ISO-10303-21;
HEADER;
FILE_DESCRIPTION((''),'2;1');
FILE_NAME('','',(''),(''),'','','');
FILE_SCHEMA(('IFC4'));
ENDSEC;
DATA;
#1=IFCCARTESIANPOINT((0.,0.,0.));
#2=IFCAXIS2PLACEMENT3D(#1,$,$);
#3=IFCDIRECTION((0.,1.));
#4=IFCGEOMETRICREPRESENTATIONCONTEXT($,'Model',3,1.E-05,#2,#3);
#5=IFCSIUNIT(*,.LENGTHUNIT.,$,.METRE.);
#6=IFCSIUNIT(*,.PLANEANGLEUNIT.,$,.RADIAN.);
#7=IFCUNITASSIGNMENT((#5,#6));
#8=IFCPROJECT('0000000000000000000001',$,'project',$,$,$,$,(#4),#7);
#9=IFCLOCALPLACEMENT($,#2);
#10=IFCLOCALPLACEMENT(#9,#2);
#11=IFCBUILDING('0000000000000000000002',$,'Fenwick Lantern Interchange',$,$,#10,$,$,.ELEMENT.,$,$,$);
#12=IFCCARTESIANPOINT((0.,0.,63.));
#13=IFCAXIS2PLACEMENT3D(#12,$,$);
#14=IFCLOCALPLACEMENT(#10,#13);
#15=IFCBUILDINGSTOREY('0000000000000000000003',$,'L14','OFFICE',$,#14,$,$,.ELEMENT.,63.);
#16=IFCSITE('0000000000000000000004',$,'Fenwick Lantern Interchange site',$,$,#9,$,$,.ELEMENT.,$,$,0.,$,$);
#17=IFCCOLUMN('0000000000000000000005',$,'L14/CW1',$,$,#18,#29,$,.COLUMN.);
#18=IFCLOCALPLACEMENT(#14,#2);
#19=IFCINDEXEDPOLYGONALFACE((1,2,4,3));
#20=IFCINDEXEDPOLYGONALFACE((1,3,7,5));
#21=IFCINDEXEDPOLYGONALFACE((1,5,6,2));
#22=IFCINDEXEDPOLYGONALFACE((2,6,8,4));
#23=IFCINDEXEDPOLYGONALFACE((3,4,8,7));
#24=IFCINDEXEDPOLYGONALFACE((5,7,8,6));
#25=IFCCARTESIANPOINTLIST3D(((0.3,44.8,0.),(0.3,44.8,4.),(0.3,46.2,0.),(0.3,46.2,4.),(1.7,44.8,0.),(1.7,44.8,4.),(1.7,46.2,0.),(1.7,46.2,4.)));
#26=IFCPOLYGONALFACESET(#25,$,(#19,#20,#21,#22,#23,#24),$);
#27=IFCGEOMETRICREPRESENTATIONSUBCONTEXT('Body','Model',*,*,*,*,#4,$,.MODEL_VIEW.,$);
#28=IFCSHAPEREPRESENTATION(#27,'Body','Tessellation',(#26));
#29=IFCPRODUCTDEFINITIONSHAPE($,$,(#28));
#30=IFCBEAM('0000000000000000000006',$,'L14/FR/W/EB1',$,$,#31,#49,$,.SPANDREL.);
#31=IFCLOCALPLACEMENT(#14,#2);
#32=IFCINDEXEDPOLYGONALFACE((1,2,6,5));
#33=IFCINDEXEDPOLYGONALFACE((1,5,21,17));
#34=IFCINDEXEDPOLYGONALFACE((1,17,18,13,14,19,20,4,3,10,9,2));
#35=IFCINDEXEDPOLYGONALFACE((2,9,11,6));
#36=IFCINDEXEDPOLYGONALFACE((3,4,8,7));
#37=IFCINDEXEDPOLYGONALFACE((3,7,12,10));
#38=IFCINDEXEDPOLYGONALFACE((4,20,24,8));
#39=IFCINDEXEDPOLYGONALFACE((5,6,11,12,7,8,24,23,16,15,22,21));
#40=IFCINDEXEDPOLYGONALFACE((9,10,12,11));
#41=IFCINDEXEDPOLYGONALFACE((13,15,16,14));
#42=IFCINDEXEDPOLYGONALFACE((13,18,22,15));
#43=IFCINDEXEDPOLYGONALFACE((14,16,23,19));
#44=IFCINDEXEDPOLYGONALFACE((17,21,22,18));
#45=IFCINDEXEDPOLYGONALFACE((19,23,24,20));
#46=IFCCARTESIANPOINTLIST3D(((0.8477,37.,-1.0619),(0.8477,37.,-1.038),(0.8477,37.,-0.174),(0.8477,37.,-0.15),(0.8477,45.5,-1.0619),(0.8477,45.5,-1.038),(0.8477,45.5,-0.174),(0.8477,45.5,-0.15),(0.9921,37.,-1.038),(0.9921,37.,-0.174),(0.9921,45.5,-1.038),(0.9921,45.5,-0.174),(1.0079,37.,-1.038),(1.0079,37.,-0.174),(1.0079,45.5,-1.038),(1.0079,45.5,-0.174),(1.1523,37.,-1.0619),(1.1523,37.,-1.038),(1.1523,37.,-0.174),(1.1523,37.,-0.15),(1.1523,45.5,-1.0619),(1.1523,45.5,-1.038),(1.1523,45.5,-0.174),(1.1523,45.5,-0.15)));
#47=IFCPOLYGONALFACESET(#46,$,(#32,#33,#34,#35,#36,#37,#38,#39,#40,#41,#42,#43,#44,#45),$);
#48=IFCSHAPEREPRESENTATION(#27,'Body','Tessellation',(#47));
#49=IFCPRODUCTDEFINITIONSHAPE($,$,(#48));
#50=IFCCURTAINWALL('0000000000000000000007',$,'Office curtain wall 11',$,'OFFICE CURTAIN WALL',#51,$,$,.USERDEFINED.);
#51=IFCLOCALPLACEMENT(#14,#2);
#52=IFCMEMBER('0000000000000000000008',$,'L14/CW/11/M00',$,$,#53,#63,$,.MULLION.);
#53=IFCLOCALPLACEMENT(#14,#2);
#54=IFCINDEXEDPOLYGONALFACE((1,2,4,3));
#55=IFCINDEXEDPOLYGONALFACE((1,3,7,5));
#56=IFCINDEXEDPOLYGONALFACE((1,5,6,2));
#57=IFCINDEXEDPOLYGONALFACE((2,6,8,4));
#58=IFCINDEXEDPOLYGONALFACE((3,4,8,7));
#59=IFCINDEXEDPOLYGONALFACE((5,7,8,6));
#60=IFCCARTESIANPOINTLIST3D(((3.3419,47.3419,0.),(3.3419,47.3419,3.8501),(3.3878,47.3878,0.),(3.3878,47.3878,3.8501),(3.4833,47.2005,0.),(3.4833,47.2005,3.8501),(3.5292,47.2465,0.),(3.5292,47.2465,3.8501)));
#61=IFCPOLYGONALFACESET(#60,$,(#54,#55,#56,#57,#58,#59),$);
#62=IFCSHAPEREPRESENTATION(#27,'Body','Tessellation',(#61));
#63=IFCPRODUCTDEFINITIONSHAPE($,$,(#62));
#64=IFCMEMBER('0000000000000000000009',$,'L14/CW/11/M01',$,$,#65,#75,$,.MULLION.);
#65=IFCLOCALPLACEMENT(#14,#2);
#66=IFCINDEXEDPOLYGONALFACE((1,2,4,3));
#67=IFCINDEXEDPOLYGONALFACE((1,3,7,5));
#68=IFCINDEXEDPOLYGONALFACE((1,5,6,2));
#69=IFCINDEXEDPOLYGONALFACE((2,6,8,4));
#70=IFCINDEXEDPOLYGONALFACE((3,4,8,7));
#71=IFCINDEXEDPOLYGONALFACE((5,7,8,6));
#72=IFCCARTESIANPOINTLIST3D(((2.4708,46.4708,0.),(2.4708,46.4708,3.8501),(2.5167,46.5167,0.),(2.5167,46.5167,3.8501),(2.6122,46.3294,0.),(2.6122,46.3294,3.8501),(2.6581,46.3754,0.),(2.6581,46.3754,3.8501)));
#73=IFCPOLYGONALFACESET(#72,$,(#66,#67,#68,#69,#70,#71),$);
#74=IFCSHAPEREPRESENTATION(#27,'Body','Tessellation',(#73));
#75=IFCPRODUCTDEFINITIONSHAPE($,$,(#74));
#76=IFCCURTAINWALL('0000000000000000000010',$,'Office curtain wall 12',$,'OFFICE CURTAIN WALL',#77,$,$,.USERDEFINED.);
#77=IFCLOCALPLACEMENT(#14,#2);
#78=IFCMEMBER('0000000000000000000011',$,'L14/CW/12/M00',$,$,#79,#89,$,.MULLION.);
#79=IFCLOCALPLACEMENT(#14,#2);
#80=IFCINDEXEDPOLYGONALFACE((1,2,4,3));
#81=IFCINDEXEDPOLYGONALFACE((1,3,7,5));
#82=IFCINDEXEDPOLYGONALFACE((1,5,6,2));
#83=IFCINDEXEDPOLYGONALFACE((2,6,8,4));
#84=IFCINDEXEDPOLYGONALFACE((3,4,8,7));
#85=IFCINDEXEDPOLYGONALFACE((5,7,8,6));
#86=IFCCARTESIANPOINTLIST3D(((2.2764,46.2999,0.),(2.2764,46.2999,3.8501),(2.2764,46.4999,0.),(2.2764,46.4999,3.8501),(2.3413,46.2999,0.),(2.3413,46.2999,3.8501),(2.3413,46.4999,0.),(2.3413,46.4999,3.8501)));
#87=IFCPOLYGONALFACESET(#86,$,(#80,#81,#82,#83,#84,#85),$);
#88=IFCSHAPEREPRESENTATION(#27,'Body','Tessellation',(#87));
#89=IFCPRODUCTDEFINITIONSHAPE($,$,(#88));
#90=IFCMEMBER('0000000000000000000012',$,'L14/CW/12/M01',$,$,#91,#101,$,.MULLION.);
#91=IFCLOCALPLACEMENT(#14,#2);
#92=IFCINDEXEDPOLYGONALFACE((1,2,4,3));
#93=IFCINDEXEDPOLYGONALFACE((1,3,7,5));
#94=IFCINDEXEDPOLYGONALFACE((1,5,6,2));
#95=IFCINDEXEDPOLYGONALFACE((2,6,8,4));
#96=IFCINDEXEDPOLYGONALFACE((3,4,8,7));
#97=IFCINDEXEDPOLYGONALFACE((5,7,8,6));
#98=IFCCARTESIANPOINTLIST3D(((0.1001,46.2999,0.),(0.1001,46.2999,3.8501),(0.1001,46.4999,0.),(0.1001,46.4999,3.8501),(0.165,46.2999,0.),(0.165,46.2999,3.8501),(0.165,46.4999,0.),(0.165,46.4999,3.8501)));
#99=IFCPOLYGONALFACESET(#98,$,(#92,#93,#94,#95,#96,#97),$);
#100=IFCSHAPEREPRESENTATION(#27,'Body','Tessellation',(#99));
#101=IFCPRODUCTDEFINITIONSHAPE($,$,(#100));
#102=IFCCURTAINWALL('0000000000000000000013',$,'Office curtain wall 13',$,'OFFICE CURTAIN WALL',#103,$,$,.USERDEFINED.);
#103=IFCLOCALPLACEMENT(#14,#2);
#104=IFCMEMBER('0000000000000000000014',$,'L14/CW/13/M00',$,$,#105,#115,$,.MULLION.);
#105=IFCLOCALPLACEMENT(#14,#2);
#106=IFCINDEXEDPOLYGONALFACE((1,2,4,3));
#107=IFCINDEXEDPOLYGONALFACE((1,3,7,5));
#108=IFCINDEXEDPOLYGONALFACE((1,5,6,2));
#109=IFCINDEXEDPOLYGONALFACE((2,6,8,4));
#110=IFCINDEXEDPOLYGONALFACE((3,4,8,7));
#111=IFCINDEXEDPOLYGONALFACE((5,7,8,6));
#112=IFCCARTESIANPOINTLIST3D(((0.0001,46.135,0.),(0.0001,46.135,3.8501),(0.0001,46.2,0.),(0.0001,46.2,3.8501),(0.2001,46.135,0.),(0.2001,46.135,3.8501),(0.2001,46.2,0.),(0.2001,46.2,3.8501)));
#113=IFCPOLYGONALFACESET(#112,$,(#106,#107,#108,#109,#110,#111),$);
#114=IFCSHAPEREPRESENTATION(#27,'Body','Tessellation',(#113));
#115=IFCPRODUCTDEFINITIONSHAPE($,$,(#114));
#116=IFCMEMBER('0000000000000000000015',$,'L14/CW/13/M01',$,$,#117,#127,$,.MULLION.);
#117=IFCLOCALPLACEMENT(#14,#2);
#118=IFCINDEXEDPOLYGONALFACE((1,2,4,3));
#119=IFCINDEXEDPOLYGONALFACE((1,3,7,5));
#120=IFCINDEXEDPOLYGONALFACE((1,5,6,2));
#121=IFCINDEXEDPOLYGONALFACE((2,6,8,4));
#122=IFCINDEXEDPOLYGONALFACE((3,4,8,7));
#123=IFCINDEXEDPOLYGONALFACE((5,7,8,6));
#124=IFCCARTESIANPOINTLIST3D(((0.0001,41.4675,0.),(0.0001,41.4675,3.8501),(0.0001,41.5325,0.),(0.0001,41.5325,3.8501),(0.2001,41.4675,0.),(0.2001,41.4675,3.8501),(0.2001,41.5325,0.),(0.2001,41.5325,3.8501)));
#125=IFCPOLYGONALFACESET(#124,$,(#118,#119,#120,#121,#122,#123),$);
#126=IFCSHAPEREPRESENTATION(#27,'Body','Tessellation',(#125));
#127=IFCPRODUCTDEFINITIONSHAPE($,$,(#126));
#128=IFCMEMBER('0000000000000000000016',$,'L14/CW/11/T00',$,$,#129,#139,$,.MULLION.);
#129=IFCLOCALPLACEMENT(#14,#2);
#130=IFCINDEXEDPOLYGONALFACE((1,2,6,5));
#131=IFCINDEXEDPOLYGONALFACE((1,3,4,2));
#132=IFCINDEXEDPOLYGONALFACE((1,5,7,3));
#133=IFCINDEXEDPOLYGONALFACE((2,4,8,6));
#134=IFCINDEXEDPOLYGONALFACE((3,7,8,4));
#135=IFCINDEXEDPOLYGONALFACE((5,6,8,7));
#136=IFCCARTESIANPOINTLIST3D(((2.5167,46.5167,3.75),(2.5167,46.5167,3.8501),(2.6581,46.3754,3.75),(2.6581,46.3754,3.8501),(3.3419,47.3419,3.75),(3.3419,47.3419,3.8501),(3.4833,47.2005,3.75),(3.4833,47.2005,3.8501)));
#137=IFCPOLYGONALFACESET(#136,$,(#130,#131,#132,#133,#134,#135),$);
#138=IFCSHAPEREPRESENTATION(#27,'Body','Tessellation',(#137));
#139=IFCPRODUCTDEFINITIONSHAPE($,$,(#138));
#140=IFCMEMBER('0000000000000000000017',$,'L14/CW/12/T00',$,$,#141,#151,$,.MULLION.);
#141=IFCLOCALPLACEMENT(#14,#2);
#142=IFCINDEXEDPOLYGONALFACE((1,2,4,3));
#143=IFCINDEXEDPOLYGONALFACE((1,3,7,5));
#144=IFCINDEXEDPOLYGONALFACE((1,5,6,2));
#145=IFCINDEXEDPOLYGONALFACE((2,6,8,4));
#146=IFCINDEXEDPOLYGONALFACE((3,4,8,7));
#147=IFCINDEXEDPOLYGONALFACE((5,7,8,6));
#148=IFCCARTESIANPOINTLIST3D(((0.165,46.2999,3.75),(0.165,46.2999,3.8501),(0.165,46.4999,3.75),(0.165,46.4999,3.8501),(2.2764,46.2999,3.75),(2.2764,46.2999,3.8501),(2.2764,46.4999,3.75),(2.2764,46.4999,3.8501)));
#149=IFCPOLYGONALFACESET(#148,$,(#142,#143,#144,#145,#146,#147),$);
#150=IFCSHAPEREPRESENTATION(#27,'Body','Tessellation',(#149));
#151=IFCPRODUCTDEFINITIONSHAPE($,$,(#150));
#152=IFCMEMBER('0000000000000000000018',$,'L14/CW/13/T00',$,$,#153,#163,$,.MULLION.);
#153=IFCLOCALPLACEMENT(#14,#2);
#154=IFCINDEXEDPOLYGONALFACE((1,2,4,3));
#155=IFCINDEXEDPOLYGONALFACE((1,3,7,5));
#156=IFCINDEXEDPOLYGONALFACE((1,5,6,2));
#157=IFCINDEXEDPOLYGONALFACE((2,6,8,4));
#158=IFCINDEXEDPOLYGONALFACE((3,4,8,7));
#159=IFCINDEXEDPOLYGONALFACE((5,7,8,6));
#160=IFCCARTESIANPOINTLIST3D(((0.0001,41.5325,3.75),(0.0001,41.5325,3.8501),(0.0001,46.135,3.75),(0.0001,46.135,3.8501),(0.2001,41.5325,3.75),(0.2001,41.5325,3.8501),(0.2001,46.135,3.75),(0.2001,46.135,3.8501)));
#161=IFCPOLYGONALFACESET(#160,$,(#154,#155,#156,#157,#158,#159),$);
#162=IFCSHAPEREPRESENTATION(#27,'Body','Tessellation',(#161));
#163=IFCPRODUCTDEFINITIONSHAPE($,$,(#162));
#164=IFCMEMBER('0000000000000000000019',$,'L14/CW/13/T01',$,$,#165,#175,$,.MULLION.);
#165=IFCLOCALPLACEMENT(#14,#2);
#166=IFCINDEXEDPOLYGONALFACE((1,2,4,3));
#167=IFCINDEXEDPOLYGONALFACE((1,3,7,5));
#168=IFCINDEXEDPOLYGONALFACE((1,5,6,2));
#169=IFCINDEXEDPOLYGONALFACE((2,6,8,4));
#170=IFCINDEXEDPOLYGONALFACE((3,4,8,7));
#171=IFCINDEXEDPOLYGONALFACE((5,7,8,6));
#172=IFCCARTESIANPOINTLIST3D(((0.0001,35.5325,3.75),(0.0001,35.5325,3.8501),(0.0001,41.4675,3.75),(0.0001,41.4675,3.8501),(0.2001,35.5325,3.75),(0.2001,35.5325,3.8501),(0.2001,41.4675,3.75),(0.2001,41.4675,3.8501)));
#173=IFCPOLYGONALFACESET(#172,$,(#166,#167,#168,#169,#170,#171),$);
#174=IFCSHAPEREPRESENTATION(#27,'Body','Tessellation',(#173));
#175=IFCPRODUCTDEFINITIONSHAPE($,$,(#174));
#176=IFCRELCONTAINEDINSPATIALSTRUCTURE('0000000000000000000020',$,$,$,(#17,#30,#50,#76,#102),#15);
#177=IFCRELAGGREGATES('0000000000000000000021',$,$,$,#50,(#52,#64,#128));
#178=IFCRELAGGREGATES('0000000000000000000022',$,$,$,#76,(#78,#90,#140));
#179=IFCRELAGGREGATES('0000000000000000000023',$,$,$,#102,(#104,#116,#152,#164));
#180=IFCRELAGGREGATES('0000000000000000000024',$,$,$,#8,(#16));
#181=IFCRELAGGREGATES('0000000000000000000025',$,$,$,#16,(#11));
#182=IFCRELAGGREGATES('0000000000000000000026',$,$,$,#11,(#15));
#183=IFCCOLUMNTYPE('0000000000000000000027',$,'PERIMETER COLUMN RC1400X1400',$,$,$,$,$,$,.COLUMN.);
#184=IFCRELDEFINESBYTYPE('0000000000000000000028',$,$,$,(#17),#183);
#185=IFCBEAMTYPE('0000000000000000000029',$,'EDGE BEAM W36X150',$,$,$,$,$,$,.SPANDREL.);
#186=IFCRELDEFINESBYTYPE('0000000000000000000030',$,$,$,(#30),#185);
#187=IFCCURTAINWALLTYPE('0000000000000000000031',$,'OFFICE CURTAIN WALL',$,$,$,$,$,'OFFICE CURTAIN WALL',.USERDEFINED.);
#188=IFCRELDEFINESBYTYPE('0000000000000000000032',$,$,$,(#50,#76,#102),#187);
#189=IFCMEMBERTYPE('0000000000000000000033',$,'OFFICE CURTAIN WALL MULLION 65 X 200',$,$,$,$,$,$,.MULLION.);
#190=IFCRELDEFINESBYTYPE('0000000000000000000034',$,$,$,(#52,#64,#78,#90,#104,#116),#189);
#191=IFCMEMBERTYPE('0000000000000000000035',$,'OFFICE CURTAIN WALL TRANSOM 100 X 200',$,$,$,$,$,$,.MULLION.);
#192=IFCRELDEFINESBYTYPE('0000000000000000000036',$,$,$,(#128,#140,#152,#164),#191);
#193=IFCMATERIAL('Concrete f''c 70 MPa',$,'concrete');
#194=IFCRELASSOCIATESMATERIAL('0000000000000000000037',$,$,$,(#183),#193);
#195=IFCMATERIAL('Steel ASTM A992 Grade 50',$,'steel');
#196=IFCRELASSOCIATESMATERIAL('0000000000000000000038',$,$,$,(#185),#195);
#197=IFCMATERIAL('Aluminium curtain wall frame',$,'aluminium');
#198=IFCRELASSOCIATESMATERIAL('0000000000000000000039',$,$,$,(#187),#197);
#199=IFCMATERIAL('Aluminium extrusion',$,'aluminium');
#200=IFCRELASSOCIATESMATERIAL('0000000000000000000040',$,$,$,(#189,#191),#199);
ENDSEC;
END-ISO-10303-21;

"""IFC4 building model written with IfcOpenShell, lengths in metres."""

from ifc_helpers import new_model, si_unit, direction, frame, origin, origin_2d, place, context, subcontext, project, spatial, rectangle, i_section, extrude, material, material_profile, profile_set, type_object, element, aggregate, save


model = new_model("IFC4")

# Units and contexts
model_context = context("Model", 3, precision=1e-05, world=origin(), true_north=direction((0.0, 1.0)))
body_context = subcontext(model_context, "Body", "Model", "MODEL_VIEW")
ifc_project = project(units=[si_unit("LENGTHUNIT", "METRE"), si_unit("PLANEANGLEUNIT", "RADIAN")], contexts=[model_context])

# Site, building, storey
site_placement = place(None, origin())
site = spatial("IfcSite", under=ifc_project, at=site_placement, Name="Fenwick Lantern Interchange site", CompositionType="ELEMENT", RefElevation=0.0)
building_placement = place(site_placement, origin())
building = spatial("IfcBuilding", under=site, at=building_placement, Name="Fenwick Lantern Interchange", CompositionType="ELEMENT")
storey_placement = place(building_placement, frame((0.0, 0.0, 63.0)))
storey = spatial("IfcBuildingStorey", under=building, at=storey_placement, Name="L14", Description="OFFICE", CompositionType="ELEMENT", Elevation=63.0)

# Column
ifc_material_1 = material(Name="Concrete f'c 70 MPa", Category="concrete")
ifc_material_profile_1 = material_profile(ifc_material_1, rectangle(XDim=1.3999, YDim=1.3999, at=origin_2d()), Name="RC1400X1400")
ifc_profile_set_1 = profile_set([ifc_material_profile_1], Name="Concrete f'c 70 MPa")
column_type = type_object("IfcColumnType", Name="PERIMETER COLUMN RC1400X1400", PredefinedType="COLUMN", material=ifc_profile_set_1)
column_placement = place(storey_placement, frame((1.0, 45.5, 0.0), z_axis=(0.0, 0.0, 1.0), x_axis=(1.0, 0.0, 0.0)))
element("IfcColumn", 1, at=column_placement, inside=storey, type_object=column_type, Name="L14/CW1", PredefinedType="COLUMN", context=body_context, shape_type="SweptSolid", body=[
    extrude(rectangle(XDim=1.3999, YDim=1.3999, at=origin_2d()), origin(), (0.0, 0.0, 1.0), 4.0),
])

# Beam
ifc_material_2 = material(Name="Steel ASTM A992 Grade 50", Category="steel")
ifc_material_profile_2 = material_profile(ifc_material_2, i_section(OverallWidth=0.3047, OverallDepth=0.9119, WebThickness=0.0159, FlangeThickness=0.0239, at=origin_2d()), Name="W36X150")
ifc_profile_set_2 = profile_set([ifc_material_profile_2], Name="Steel ASTM A992 Grade 50")
beam_type = type_object("IfcBeamType", Name="EDGE BEAM W36X150", PredefinedType="SPANDREL", material=ifc_profile_set_2)
beam_placement = place(storey_placement, frame((1.0, 45.5, -0.606), z_axis=(0.0, -1.0, 0.0), x_axis=(1.0, 0.0, 0.0)))
element("IfcBeam", 2, at=beam_placement, inside=storey, type_object=beam_type, Name="L14/FR/W/EB1", PredefinedType="SPANDREL", context=body_context, shape_type="SweptSolid", body=[
    extrude(i_section(OverallWidth=0.3047, OverallDepth=0.9119, WebThickness=0.0159, FlangeThickness=0.0239, at=origin_2d()), origin(), (0.0, 0.0, 1.0), 8.5),
])

# Curtain walls, members
ifc_material_3 = material(Name="Aluminium curtain wall frame", Category="aluminium")
curtain_wall_type = type_object("IfcCurtainWallType", Name="OFFICE CURTAIN WALL", ElementType="OFFICE CURTAIN WALL", PredefinedType="USERDEFINED", material=ifc_material_3)
curtain_wall_1_placement = place(storey_placement, origin())
curtain_wall_1 = element("IfcCurtainWall", 3, at=curtain_wall_1_placement, inside=storey, type_object=curtain_wall_type, Name="Office curtain wall 11", ObjectType="OFFICE CURTAIN WALL", PredefinedType="USERDEFINED")
ifc_material_4 = material(Name="Aluminium extrusion", Category="aluminium")
ifc_material_profile_3 = material_profile(ifc_material_4, rectangle(XDim=0.2, YDim=0.0649, at=origin_2d()), Name="OFFICE CURTAIN WALL MULLION 65 X 200")
ifc_profile_set_3 = profile_set([ifc_material_profile_3], Name="Aluminium extrusion")
member_type_1 = type_object("IfcMemberType", Name="OFFICE CURTAIN WALL MULLION 65 X 200", PredefinedType="MULLION", material=ifc_profile_set_3)
member_1_placement = place(storey_placement, frame((3.4355, 47.2942, 0.0), z_axis=(0.0, 0.0, 1.0), x_axis=(0.707107, -0.707107, 0.0)))
member_1 = element("IfcMember", 4, at=member_1_placement, type_object=member_type_1, Name="L14/CW/11/M00", PredefinedType="MULLION", context=body_context, shape_type="SweptSolid", body=[
    extrude(rectangle(XDim=0.2, YDim=0.0649, at=origin_2d()), origin(), (0.0, 0.0, 1.0), 3.8501),
])
member_2_placement = place(storey_placement, frame((2.5645, 46.4231, 0.0), z_axis=(0.0, 0.0, 1.0), x_axis=(0.707107, -0.707107, 0.0)))
member_2 = element("IfcMember", 5, at=member_2_placement, type_object=member_type_1, Name="L14/CW/11/M01", PredefinedType="MULLION", context=body_context, shape_type="SweptSolid", body=[
    extrude(rectangle(XDim=0.2, YDim=0.0649, at=origin_2d()), origin(), (0.0, 0.0, 1.0), 3.8501),
])
curtain_wall_2_placement = place(storey_placement, origin())
curtain_wall_2 = element("IfcCurtainWall", 6, at=curtain_wall_2_placement, inside=storey, type_object=curtain_wall_type, Name="Office curtain wall 12", ObjectType="OFFICE CURTAIN WALL", PredefinedType="USERDEFINED")
member_3_placement = place(storey_placement, frame((2.3088, 46.3999, 0.0), z_axis=(0.0, 0.0, 1.0), x_axis=(0.0, -1.0, 0.0)))
member_3 = element("IfcMember", 7, at=member_3_placement, type_object=member_type_1, Name="L14/CW/12/M00", PredefinedType="MULLION", context=body_context, shape_type="SweptSolid", body=[
    extrude(rectangle(XDim=0.2, YDim=0.0649, at=origin_2d()), origin(), (0.0, 0.0, 1.0), 3.8501),
])
member_4_placement = place(storey_placement, frame((0.1326, 46.3999, 0.0), z_axis=(0.0, 0.0, 1.0), x_axis=(0.0, -1.0, 0.0)))
member_4 = element("IfcMember", 8, at=member_4_placement, type_object=member_type_1, Name="L14/CW/12/M01", PredefinedType="MULLION", context=body_context, shape_type="SweptSolid", body=[
    extrude(rectangle(XDim=0.2, YDim=0.0649, at=origin_2d()), origin(), (0.0, 0.0, 1.0), 3.8501),
])
curtain_wall_3_placement = place(storey_placement, origin())
curtain_wall_3 = element("IfcCurtainWall", 9, at=curtain_wall_3_placement, inside=storey, type_object=curtain_wall_type, Name="Office curtain wall 13", ObjectType="OFFICE CURTAIN WALL", PredefinedType="USERDEFINED")
member_5_placement = place(storey_placement, frame((0.1001, 46.1675, 0.0), z_axis=(0.0, 0.0, 1.0), x_axis=(1.0, 0.0, 0.0)))
member_5 = element("IfcMember", 10, at=member_5_placement, type_object=member_type_1, Name="L14/CW/13/M00", PredefinedType="MULLION", context=body_context, shape_type="SweptSolid", body=[
    extrude(rectangle(XDim=0.2, YDim=0.0649, at=origin_2d()), origin(), (0.0, 0.0, 1.0), 3.8501),
])
member_6_placement = place(storey_placement, frame((0.1001, 41.5, 0.0), z_axis=(0.0, 0.0, 1.0), x_axis=(1.0, 0.0, 0.0)))
member_6 = element("IfcMember", 11, at=member_6_placement, type_object=member_type_1, Name="L14/CW/13/M01", PredefinedType="MULLION", context=body_context, shape_type="SweptSolid", body=[
    extrude(rectangle(XDim=0.2, YDim=0.0649, at=origin_2d()), origin(), (0.0, 0.0, 1.0), 3.8501),
])

# Members
ifc_material_profile_4 = material_profile(ifc_material_4, rectangle(XDim=0.2, YDim=0.1001, at=origin_2d()), Name="OFFICE CURTAIN WALL TRANSOM 100 X 200")
ifc_profile_set_4 = profile_set([ifc_material_profile_4], Name="Aluminium extrusion")
member_type_2 = type_object("IfcMemberType", Name="OFFICE CURTAIN WALL TRANSOM 100 X 200", PredefinedType="MULLION", material=ifc_profile_set_4)
member_7_placement = place(storey_placement, frame((3.4126, 47.2712, 3.8), z_axis=(-0.707107, -0.707107, 0.0), x_axis=(0.707107, -0.707107, 0.0)))
member_7 = element("IfcMember", 12, at=member_7_placement, type_object=member_type_2, Name="L14/CW/11/T00", PredefinedType="MULLION", context=body_context, shape_type="SweptSolid", body=[
    extrude(rectangle(XDim=0.2, YDim=0.1001, at=origin_2d()), origin(), (0.0, 0.0, 1.0), 1.167),
])
aggregate(curtain_wall_1, [member_1, member_2, member_7])
member_8_placement = place(storey_placement, frame((2.2764, 46.3999, 3.8), z_axis=(-1.0, 0.0, 0.0), x_axis=(0.0, -1.0, 0.0)))
member_8 = element("IfcMember", 13, at=member_8_placement, type_object=member_type_2, Name="L14/CW/12/T00", PredefinedType="MULLION", context=body_context, shape_type="SweptSolid", body=[
    extrude(rectangle(XDim=0.2, YDim=0.1001, at=origin_2d()), origin(), (0.0, 0.0, 1.0), 2.1113),
])
aggregate(curtain_wall_2, [member_3, member_4, member_8])
member_9_placement = place(storey_placement, frame((0.1001, 46.135, 3.8), z_axis=(0.0, -1.0, 0.0), x_axis=(1.0, 0.0, 0.0)))
member_9 = element("IfcMember", 14, at=member_9_placement, type_object=member_type_2, Name="L14/CW/13/T00", PredefinedType="MULLION", context=body_context, shape_type="SweptSolid", body=[
    extrude(rectangle(XDim=0.2, YDim=0.1001, at=origin_2d()), origin(), (0.0, 0.0, 1.0), 4.6025),
])
member_10_placement = place(storey_placement, frame((0.1001, 41.4675, 3.8), z_axis=(0.0, -1.0, 0.0), x_axis=(1.0, 0.0, 0.0)))
member_10 = element("IfcMember", 15, at=member_10_placement, type_object=member_type_2, Name="L14/CW/13/T01", PredefinedType="MULLION", context=body_context, shape_type="SweptSolid", body=[
    extrude(rectangle(XDim=0.2, YDim=0.1001, at=origin_2d()), origin(), (0.0, 0.0, 1.0), 5.9351),
])

aggregate(curtain_wall_3, [member_5, member_6, member_9, member_10])

save(model, "model.ifc")
